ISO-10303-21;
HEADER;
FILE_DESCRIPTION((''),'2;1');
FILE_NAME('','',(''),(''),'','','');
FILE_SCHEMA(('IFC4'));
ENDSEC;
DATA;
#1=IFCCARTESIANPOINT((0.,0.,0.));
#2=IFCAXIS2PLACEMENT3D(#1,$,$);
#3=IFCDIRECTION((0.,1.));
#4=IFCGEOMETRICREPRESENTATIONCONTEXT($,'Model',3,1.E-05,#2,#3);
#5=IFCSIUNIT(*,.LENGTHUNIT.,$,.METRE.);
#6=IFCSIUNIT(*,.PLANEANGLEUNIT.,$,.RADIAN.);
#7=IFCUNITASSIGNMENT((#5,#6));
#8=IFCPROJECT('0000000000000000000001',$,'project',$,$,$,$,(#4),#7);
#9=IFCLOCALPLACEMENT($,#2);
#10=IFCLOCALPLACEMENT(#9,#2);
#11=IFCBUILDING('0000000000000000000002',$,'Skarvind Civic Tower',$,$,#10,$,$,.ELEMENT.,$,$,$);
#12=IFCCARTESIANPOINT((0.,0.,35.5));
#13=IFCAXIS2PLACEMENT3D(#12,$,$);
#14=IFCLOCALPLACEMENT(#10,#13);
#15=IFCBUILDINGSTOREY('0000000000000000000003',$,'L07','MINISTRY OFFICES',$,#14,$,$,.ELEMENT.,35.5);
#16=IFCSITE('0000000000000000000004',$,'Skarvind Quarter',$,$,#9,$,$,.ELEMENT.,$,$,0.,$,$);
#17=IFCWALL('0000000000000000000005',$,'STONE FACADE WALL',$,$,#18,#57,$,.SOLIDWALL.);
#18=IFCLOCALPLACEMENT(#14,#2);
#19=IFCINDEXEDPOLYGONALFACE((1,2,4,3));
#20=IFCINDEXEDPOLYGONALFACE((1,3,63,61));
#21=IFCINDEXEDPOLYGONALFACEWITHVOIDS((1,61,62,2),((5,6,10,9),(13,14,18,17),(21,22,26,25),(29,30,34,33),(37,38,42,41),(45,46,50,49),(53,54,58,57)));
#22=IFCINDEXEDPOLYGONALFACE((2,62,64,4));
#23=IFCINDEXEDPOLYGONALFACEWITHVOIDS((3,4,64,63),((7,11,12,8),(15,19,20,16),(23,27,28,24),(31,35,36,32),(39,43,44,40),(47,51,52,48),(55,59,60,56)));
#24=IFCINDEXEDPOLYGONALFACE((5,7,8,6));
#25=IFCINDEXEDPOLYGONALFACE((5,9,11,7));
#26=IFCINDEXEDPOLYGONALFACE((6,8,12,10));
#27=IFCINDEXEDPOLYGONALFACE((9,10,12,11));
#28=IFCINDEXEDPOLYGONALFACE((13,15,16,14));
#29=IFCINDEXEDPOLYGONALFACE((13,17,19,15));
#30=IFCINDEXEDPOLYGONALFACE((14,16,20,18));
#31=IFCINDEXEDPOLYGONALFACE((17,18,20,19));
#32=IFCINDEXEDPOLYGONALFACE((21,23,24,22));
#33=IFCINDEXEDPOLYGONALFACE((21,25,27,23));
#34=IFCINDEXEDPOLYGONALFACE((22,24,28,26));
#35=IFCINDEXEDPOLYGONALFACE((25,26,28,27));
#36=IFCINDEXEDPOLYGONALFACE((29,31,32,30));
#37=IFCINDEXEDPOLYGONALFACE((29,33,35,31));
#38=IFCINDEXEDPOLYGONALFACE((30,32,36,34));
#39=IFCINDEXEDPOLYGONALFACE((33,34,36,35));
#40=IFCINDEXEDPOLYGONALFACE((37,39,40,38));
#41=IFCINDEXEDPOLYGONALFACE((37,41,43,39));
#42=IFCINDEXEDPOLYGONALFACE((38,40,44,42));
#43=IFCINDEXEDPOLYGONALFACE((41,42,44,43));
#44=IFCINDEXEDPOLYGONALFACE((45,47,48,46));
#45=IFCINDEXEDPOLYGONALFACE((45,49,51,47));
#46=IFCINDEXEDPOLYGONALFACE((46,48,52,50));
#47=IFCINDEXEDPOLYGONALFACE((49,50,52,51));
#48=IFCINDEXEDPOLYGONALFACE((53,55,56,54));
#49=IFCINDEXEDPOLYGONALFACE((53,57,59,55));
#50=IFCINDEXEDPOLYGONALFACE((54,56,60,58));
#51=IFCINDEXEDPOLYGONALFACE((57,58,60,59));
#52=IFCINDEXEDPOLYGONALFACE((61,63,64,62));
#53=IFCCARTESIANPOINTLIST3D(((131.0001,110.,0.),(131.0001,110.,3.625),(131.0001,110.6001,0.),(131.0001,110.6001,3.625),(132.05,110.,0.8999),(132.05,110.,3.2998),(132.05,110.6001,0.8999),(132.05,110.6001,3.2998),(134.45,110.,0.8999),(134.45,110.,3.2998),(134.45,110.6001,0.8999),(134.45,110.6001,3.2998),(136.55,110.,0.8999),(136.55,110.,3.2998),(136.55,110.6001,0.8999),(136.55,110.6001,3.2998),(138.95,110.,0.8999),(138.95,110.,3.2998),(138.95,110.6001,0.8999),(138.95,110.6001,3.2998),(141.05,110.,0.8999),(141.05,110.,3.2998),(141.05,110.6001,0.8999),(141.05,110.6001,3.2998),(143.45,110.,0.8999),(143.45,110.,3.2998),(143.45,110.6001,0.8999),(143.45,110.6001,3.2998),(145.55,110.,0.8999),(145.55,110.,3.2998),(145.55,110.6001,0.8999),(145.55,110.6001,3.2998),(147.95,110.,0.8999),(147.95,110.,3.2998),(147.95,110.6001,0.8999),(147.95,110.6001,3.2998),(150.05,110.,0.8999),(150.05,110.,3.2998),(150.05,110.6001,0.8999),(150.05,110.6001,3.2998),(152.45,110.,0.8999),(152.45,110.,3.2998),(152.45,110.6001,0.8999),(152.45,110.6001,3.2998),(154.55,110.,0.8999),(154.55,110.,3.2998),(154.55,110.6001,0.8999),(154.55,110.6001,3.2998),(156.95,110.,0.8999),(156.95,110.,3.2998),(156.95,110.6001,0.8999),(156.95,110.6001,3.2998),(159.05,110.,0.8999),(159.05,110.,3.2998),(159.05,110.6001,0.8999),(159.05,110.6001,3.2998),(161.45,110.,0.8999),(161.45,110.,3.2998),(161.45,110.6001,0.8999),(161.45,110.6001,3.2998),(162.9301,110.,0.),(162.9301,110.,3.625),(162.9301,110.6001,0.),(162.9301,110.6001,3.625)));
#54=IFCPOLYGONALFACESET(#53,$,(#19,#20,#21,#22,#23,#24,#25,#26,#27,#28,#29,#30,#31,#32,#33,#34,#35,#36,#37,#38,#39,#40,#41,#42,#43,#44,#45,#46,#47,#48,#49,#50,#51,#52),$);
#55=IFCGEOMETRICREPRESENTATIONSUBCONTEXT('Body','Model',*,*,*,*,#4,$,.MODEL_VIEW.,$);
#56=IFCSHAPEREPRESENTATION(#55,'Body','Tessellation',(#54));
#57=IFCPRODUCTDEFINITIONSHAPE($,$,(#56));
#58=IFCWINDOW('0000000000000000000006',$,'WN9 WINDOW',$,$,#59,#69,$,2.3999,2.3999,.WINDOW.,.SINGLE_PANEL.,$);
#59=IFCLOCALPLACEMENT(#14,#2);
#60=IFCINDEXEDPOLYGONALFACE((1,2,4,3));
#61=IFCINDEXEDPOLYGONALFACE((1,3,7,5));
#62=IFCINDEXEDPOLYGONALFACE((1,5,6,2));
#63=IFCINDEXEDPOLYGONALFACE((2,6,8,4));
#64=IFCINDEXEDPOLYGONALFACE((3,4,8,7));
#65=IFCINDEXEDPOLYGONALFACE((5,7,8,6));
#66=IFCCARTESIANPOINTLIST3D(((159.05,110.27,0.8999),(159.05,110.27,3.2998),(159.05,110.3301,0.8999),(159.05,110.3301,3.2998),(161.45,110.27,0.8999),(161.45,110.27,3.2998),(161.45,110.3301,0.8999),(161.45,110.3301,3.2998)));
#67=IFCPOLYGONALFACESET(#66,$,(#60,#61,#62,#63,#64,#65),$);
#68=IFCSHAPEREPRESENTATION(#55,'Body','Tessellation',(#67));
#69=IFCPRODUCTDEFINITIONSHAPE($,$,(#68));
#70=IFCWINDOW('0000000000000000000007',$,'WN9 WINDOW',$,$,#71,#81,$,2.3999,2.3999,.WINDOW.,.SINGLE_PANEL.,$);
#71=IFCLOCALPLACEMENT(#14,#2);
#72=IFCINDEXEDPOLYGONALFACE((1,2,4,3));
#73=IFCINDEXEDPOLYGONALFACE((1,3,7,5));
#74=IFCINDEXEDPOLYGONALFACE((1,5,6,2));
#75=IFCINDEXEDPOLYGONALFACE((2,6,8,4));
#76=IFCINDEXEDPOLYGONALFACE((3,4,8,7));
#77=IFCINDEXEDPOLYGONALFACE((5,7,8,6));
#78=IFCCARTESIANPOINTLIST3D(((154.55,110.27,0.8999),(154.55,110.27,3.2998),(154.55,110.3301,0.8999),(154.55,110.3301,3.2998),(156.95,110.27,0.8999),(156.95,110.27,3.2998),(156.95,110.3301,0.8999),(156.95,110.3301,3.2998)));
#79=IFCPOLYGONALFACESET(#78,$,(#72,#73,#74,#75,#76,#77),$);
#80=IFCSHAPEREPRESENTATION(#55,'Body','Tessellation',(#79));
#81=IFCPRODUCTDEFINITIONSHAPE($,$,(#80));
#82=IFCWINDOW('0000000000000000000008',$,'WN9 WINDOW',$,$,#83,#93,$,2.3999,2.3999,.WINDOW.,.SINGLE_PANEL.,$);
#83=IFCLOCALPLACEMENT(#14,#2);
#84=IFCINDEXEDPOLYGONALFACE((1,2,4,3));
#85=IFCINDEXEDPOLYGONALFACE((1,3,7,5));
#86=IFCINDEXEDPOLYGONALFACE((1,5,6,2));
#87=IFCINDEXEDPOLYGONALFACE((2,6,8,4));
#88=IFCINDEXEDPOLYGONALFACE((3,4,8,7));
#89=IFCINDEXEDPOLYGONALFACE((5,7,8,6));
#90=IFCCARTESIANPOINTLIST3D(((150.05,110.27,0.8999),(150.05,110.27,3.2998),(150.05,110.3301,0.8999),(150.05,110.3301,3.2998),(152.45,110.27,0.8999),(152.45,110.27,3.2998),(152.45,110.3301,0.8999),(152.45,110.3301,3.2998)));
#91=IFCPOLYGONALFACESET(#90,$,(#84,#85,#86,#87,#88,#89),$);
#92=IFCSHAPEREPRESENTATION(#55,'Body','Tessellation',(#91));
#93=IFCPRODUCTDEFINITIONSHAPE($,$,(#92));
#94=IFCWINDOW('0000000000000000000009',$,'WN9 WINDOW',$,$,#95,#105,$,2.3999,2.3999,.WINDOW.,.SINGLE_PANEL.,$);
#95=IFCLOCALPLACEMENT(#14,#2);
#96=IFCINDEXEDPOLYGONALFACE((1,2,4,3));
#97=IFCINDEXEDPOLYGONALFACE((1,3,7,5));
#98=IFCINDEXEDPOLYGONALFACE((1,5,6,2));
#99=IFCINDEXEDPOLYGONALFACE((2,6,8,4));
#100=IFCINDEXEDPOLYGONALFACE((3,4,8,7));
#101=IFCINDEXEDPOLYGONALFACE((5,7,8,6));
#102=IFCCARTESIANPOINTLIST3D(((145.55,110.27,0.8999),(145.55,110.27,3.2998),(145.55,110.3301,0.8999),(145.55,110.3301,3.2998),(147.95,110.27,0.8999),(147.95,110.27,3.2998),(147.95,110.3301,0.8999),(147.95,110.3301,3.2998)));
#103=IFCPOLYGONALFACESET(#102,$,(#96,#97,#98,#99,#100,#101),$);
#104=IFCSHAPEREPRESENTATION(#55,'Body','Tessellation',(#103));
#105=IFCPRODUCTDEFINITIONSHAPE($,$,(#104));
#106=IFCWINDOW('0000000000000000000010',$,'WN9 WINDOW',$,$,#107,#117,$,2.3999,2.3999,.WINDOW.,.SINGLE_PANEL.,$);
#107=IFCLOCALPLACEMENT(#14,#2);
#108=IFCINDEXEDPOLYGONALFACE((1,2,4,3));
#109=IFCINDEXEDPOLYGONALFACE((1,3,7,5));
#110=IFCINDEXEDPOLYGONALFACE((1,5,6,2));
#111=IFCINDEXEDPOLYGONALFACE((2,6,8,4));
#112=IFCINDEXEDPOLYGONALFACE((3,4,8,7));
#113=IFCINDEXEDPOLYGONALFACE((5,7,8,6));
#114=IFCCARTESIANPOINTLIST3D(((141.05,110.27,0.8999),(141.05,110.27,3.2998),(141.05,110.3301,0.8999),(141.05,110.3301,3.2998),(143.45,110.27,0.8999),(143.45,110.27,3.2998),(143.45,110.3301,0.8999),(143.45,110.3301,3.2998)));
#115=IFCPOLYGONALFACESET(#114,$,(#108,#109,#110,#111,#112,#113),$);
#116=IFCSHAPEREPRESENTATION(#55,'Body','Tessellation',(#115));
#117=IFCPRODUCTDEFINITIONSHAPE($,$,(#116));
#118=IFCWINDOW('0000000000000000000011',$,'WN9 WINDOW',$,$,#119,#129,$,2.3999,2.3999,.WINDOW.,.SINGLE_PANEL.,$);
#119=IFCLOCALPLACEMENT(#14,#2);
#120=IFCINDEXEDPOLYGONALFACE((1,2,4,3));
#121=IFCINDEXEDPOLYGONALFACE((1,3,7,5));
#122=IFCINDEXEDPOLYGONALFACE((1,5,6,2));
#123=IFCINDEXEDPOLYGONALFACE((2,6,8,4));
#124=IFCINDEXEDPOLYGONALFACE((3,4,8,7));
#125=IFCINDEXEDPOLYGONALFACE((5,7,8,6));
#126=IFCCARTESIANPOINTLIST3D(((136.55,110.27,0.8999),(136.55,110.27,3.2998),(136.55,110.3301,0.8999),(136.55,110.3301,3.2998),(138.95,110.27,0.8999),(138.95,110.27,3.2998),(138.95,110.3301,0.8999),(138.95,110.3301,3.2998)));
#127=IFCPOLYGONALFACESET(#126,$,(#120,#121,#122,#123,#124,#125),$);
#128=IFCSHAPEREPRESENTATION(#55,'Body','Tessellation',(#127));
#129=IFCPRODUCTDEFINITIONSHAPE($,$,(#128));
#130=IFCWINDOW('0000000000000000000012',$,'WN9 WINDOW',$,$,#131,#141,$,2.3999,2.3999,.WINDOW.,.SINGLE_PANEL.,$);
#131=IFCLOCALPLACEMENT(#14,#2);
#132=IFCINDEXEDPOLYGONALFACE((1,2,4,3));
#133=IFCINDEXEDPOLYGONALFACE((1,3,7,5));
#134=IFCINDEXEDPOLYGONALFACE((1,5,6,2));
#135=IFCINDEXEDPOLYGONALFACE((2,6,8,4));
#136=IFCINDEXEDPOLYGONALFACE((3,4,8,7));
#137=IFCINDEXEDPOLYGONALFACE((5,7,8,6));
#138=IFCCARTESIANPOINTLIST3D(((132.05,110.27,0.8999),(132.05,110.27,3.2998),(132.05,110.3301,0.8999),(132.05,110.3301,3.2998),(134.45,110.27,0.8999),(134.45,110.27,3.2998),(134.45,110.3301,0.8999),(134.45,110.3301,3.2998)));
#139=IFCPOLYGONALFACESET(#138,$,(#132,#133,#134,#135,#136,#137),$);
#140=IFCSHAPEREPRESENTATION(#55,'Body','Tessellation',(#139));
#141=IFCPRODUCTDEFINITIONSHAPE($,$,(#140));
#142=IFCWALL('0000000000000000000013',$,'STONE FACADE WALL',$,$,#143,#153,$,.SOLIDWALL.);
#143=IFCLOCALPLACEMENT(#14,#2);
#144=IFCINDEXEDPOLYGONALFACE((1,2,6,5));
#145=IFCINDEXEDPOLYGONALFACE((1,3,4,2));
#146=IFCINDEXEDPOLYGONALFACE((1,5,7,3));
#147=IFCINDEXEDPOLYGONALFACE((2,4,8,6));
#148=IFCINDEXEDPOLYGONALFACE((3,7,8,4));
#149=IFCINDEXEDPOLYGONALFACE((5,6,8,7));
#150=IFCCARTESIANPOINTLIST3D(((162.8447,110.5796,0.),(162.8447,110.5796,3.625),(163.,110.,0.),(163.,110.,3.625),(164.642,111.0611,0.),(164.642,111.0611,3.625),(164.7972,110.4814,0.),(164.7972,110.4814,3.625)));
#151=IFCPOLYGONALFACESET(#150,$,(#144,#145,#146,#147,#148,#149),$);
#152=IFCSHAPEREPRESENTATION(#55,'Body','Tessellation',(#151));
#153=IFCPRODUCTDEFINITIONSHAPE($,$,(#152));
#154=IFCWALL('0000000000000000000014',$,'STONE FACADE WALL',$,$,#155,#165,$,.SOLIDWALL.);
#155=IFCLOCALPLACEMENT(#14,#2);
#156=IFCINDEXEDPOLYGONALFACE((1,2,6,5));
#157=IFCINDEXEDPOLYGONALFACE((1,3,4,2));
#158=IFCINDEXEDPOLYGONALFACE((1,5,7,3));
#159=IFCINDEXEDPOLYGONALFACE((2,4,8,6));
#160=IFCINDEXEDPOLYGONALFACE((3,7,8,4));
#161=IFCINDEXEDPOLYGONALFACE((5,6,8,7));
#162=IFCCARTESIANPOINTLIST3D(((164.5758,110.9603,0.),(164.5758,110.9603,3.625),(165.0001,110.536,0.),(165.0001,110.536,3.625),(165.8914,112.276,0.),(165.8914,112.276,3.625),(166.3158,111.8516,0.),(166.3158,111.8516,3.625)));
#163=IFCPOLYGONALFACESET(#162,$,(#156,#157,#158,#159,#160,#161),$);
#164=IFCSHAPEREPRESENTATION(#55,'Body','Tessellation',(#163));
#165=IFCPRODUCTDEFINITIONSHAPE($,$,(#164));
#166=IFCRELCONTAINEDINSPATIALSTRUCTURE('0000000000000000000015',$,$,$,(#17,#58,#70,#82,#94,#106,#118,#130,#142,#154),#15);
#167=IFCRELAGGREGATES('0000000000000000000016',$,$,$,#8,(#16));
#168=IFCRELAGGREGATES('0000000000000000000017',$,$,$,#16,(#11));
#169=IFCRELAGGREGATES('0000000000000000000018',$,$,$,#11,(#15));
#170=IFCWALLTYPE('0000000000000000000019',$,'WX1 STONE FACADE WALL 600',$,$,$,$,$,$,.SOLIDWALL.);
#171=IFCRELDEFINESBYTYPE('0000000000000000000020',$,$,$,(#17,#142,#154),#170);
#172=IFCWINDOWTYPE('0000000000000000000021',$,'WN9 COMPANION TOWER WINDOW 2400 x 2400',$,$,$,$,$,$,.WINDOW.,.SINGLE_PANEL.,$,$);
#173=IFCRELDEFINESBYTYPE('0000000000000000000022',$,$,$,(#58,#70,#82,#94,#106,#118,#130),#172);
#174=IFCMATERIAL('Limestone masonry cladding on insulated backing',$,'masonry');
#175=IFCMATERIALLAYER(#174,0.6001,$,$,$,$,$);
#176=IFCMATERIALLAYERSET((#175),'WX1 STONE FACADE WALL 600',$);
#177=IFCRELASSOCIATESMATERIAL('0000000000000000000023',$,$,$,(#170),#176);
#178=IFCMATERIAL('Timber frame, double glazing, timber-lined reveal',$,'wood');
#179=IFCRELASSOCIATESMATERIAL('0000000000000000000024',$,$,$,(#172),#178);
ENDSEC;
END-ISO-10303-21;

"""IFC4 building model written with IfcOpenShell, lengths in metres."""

from ifc_helpers import new_model, si_unit, direction, frame, frame_2d, origin, place, context, subcontext, project, spatial, rectangle, extrude, material, layer, layer_set, type_object, element, fill, save


model = new_model("IFC4")

# Units and contexts
model_context = context("Model", 3, precision=1e-05, world=origin(), true_north=direction((0.0, 1.0)))
body_context = subcontext(model_context, "Body", "Model", "MODEL_VIEW")
ifc_project = project(units=[si_unit("LENGTHUNIT", "METRE"), si_unit("PLANEANGLEUNIT", "RADIAN")], contexts=[model_context])

# Site, building, storey
site_placement = place(None, origin())
site = spatial("IfcSite", under=ifc_project, at=site_placement, Name="Skarvind Quarter", CompositionType="ELEMENT", RefElevation=0.0)
building_placement = place(site_placement, origin())
building = spatial("IfcBuilding", under=site, at=building_placement, Name="Skarvind Civic Tower", CompositionType="ELEMENT")
storey_placement = place(building_placement, frame((0.0, 0.0, 35.5)))
storey = spatial("IfcBuildingStorey", under=building, at=storey_placement, Name="L07", Description="MINISTRY OFFICES", CompositionType="ELEMENT", Elevation=35.5)

# Wall, openings, windows
ifc_material_1 = material(Name="Limestone masonry cladding on insulated backing", Category="masonry")
ifc_layer_1 = layer(ifc_material_1, 0.6001)
ifc_layer_set_1 = layer_set([ifc_layer_1], Name="WX1 STONE FACADE WALL 600")
wall_type_1 = type_object("IfcWallType", Name="WX1 STONE FACADE WALL 600", PredefinedType="SOLIDWALL", material=ifc_layer_set_1)
wall_1_placement = place(storey_placement, frame((162.9299, 110.3, 0.0), z_axis=(0.0, 0.0, 1.0), x_axis=(-1.0, 0.0, 0.0)))
wall_1 = element("IfcWall", 1, at=wall_1_placement, inside=storey, type_object=wall_type_1, Name="STONE FACADE WALL", PredefinedType="SOLIDWALL", context=body_context, shape_type="SweptSolid", body=[
    extrude(rectangle(XDim=31.9299, YDim=0.6001, at=frame_2d((15.9648, 0.0))), origin(), (0.0, 0.0, 1.0), 3.625),
])
opening_1_placement = place(wall_1_placement, frame((1.48, 0.0, 0.8999)))
opening_1 = element("IfcOpeningElement", 2, at=opening_1_placement, cuts=wall_1, PredefinedType="OPENING", context=body_context, shape_type="SweptSolid", body=[
    extrude(rectangle(XDim=2.3999, YDim=2.3999, at=frame_2d((1.2, 1.2))), frame((0.0, 0.3101, 0.0), z_axis=(0.0, -1.0, 0.0), x_axis=(1.0, 0.0, 0.0)), (0.0, 0.0, 1.0), 0.6201),
])
opening_2_placement = place(wall_1_placement, frame((5.98, 0.0, 0.8999)))
opening_2 = element("IfcOpeningElement", 3, at=opening_2_placement, cuts=wall_1, PredefinedType="OPENING", context=body_context, shape_type="SweptSolid", body=[
    extrude(rectangle(XDim=2.3999, YDim=2.3999, at=frame_2d((1.2, 1.2))), frame((0.0, 0.3101, 0.0), z_axis=(0.0, -1.0, 0.0), x_axis=(1.0, 0.0, 0.0)), (0.0, 0.0, 1.0), 0.6201),
])
opening_3_placement = place(wall_1_placement, frame((10.48, 0.0, 0.8999)))
opening_3 = element("IfcOpeningElement", 4, at=opening_3_placement, cuts=wall_1, PredefinedType="OPENING", context=body_context, shape_type="SweptSolid", body=[
    extrude(rectangle(XDim=2.3999, YDim=2.3999, at=frame_2d((1.2, 1.2))), frame((0.0, 0.3101, 0.0), z_axis=(0.0, -1.0, 0.0), x_axis=(1.0, 0.0, 0.0)), (0.0, 0.0, 1.0), 0.6201),
])
opening_4_placement = place(wall_1_placement, frame((14.98, 0.0, 0.8999)))
opening_4 = element("IfcOpeningElement", 5, at=opening_4_placement, cuts=wall_1, PredefinedType="OPENING", context=body_context, shape_type="SweptSolid", body=[
    extrude(rectangle(XDim=2.3999, YDim=2.3999, at=frame_2d((1.2, 1.2))), frame((0.0, 0.3101, 0.0), z_axis=(0.0, -1.0, 0.0), x_axis=(1.0, 0.0, 0.0)), (0.0, 0.0, 1.0), 0.6201),
])
opening_5_placement = place(wall_1_placement, frame((19.48, 0.0, 0.8999)))
opening_5 = element("IfcOpeningElement", 6, at=opening_5_placement, cuts=wall_1, PredefinedType="OPENING", context=body_context, shape_type="SweptSolid", body=[
    extrude(rectangle(XDim=2.3999, YDim=2.3999, at=frame_2d((1.2, 1.2))), frame((0.0, 0.3101, 0.0), z_axis=(0.0, -1.0, 0.0), x_axis=(1.0, 0.0, 0.0)), (0.0, 0.0, 1.0), 0.6201),
])
opening_6_placement = place(wall_1_placement, frame((23.98, 0.0, 0.8999)))
opening_6 = element("IfcOpeningElement", 7, at=opening_6_placement, cuts=wall_1, PredefinedType="OPENING", context=body_context, shape_type="SweptSolid", body=[
    extrude(rectangle(XDim=2.3999, YDim=2.3999, at=frame_2d((1.2, 1.2))), frame((0.0, 0.3101, 0.0), z_axis=(0.0, -1.0, 0.0), x_axis=(1.0, 0.0, 0.0)), (0.0, 0.0, 1.0), 0.6201),
])
opening_7_placement = place(wall_1_placement, frame((28.48, 0.0, 0.8999)))
opening_7 = element("IfcOpeningElement", 8, at=opening_7_placement, cuts=wall_1, PredefinedType="OPENING", context=body_context, shape_type="SweptSolid", body=[
    extrude(rectangle(XDim=2.3999, YDim=2.3999, at=frame_2d((1.2, 1.2))), frame((0.0, 0.3101, 0.0), z_axis=(0.0, -1.0, 0.0), x_axis=(1.0, 0.0, 0.0)), (0.0, 0.0, 1.0), 0.6201),
])
ifc_material_2 = material(Name="Timber frame, double glazing, timber-lined reveal", Category="wood")
window_type = type_object("IfcWindowType", Name="WN9 COMPANION TOWER WINDOW 2400 x 2400", PartitioningType="SINGLE_PANEL", PredefinedType="WINDOW", material=ifc_material_2)
window_1_placement = place(opening_1_placement, origin())
window_1 = element("IfcWindow", 9, at=window_1_placement, inside=storey, type_object=window_type, Name="WN9 WINDOW", OverallHeight=2.3999, OverallWidth=2.3999, PartitioningType="SINGLE_PANEL", PredefinedType="WINDOW", context=body_context, shape_type="SweptSolid", body=[
    extrude(rectangle(XDim=2.3999, YDim=2.3999, at=frame_2d((1.2, 1.2))), frame((0.0, 0.03, 0.0), z_axis=(0.0, -1.0, 0.0), x_axis=(1.0, 0.0, 0.0)), (0.0, 0.0, 1.0), 0.0601),
])
fill(opening_1, window_1)
window_2_placement = place(opening_2_placement, origin())
window_2 = element("IfcWindow", 10, at=window_2_placement, inside=storey, type_object=window_type, Name="WN9 WINDOW", OverallHeight=2.3999, OverallWidth=2.3999, PartitioningType="SINGLE_PANEL", PredefinedType="WINDOW", context=body_context, shape_type="SweptSolid", body=[
    extrude(rectangle(XDim=2.3999, YDim=2.3999, at=frame_2d((1.2, 1.2))), frame((0.0, 0.03, 0.0), z_axis=(0.0, -1.0, 0.0), x_axis=(1.0, 0.0, 0.0)), (0.0, 0.0, 1.0), 0.0601),
])
fill(opening_2, window_2)
window_3_placement = place(opening_3_placement, origin())
window_3 = element("IfcWindow", 11, at=window_3_placement, inside=storey, type_object=window_type, Name="WN9 WINDOW", OverallHeight=2.3999, OverallWidth=2.3999, PartitioningType="SINGLE_PANEL", PredefinedType="WINDOW", context=body_context, shape_type="SweptSolid", body=[
    extrude(rectangle(XDim=2.3999, YDim=2.3999, at=frame_2d((1.2, 1.2))), frame((0.0, 0.03, 0.0), z_axis=(0.0, -1.0, 0.0), x_axis=(1.0, 0.0, 0.0)), (0.0, 0.0, 1.0), 0.0601),
])
fill(opening_3, window_3)
window_4_placement = place(opening_4_placement, origin())
window_4 = element("IfcWindow", 12, at=window_4_placement, inside=storey, type_object=window_type, Name="WN9 WINDOW", OverallHeight=2.3999, OverallWidth=2.3999, PartitioningType="SINGLE_PANEL", PredefinedType="WINDOW", context=body_context, shape_type="SweptSolid", body=[
    extrude(rectangle(XDim=2.3999, YDim=2.3999, at=frame_2d((1.2, 1.2))), frame((0.0, 0.03, 0.0), z_axis=(0.0, -1.0, 0.0), x_axis=(1.0, 0.0, 0.0)), (0.0, 0.0, 1.0), 0.0601),
])
fill(opening_4, window_4)
window_5_placement = place(opening_5_placement, origin())
window_5 = element("IfcWindow", 13, at=window_5_placement, inside=storey, type_object=window_type, Name="WN9 WINDOW", OverallHeight=2.3999, OverallWidth=2.3999, PartitioningType="SINGLE_PANEL", PredefinedType="WINDOW", context=body_context, shape_type="SweptSolid", body=[
    extrude(rectangle(XDim=2.3999, YDim=2.3999, at=frame_2d((1.2, 1.2))), frame((0.0, 0.03, 0.0), z_axis=(0.0, -1.0, 0.0), x_axis=(1.0, 0.0, 0.0)), (0.0, 0.0, 1.0), 0.0601),
])
fill(opening_5, window_5)
window_6_placement = place(opening_6_placement, origin())
window_6 = element("IfcWindow", 14, at=window_6_placement, inside=storey, type_object=window_type, Name="WN9 WINDOW", OverallHeight=2.3999, OverallWidth=2.3999, PartitioningType="SINGLE_PANEL", PredefinedType="WINDOW", context=body_context, shape_type="SweptSolid", body=[
    extrude(rectangle(XDim=2.3999, YDim=2.3999, at=frame_2d((1.2, 1.2))), frame((0.0, 0.03, 0.0), z_axis=(0.0, -1.0, 0.0), x_axis=(1.0, 0.0, 0.0)), (0.0, 0.0, 1.0), 0.0601),
])
fill(opening_6, window_6)
window_7_placement = place(opening_7_placement, origin())
window_7 = element("IfcWindow", 15, at=window_7_placement, inside=storey, type_object=window_type, Name="WN9 WINDOW", OverallHeight=2.3999, OverallWidth=2.3999, PartitioningType="SINGLE_PANEL", PredefinedType="WINDOW", context=body_context, shape_type="SweptSolid", body=[
    extrude(rectangle(XDim=2.3999, YDim=2.3999, at=frame_2d((1.2, 1.2))), frame((0.0, 0.03, 0.0), z_axis=(0.0, -1.0, 0.0), x_axis=(1.0, 0.0, 0.0)), (0.0, 0.0, 1.0), 0.0601),
])
fill(opening_7, window_7)

# Walls
for number, where, z_axis, x_axis, name in (
    (16, (164.7195, 110.7712, 0.0), (0.0, 0.0, 1.0), (-0.965938, -0.258773, 0.0), "STONE FACADE WALL"),
    (17, (166.1035, 112.0637, 0.0), (0.0, 0.0, 1.0), (-0.707107, -0.707107, 0.0), "STONE FACADE WALL"),
):
    element("IfcWall", number, at=place(storey_placement, frame(where, z_axis=z_axis, x_axis=x_axis)), inside=storey, type_object=wall_type_1, Name=name, PredefinedType="SOLIDWALL", context=body_context, shape_type="SweptSolid", body=[
        extrude(rectangle(XDim=1.8606, YDim=0.6001, at=frame_2d((0.9302, 0.0))), origin(), (0.0, 0.0, 1.0), 3.625),
    ])

save(model, "model.ifc")
